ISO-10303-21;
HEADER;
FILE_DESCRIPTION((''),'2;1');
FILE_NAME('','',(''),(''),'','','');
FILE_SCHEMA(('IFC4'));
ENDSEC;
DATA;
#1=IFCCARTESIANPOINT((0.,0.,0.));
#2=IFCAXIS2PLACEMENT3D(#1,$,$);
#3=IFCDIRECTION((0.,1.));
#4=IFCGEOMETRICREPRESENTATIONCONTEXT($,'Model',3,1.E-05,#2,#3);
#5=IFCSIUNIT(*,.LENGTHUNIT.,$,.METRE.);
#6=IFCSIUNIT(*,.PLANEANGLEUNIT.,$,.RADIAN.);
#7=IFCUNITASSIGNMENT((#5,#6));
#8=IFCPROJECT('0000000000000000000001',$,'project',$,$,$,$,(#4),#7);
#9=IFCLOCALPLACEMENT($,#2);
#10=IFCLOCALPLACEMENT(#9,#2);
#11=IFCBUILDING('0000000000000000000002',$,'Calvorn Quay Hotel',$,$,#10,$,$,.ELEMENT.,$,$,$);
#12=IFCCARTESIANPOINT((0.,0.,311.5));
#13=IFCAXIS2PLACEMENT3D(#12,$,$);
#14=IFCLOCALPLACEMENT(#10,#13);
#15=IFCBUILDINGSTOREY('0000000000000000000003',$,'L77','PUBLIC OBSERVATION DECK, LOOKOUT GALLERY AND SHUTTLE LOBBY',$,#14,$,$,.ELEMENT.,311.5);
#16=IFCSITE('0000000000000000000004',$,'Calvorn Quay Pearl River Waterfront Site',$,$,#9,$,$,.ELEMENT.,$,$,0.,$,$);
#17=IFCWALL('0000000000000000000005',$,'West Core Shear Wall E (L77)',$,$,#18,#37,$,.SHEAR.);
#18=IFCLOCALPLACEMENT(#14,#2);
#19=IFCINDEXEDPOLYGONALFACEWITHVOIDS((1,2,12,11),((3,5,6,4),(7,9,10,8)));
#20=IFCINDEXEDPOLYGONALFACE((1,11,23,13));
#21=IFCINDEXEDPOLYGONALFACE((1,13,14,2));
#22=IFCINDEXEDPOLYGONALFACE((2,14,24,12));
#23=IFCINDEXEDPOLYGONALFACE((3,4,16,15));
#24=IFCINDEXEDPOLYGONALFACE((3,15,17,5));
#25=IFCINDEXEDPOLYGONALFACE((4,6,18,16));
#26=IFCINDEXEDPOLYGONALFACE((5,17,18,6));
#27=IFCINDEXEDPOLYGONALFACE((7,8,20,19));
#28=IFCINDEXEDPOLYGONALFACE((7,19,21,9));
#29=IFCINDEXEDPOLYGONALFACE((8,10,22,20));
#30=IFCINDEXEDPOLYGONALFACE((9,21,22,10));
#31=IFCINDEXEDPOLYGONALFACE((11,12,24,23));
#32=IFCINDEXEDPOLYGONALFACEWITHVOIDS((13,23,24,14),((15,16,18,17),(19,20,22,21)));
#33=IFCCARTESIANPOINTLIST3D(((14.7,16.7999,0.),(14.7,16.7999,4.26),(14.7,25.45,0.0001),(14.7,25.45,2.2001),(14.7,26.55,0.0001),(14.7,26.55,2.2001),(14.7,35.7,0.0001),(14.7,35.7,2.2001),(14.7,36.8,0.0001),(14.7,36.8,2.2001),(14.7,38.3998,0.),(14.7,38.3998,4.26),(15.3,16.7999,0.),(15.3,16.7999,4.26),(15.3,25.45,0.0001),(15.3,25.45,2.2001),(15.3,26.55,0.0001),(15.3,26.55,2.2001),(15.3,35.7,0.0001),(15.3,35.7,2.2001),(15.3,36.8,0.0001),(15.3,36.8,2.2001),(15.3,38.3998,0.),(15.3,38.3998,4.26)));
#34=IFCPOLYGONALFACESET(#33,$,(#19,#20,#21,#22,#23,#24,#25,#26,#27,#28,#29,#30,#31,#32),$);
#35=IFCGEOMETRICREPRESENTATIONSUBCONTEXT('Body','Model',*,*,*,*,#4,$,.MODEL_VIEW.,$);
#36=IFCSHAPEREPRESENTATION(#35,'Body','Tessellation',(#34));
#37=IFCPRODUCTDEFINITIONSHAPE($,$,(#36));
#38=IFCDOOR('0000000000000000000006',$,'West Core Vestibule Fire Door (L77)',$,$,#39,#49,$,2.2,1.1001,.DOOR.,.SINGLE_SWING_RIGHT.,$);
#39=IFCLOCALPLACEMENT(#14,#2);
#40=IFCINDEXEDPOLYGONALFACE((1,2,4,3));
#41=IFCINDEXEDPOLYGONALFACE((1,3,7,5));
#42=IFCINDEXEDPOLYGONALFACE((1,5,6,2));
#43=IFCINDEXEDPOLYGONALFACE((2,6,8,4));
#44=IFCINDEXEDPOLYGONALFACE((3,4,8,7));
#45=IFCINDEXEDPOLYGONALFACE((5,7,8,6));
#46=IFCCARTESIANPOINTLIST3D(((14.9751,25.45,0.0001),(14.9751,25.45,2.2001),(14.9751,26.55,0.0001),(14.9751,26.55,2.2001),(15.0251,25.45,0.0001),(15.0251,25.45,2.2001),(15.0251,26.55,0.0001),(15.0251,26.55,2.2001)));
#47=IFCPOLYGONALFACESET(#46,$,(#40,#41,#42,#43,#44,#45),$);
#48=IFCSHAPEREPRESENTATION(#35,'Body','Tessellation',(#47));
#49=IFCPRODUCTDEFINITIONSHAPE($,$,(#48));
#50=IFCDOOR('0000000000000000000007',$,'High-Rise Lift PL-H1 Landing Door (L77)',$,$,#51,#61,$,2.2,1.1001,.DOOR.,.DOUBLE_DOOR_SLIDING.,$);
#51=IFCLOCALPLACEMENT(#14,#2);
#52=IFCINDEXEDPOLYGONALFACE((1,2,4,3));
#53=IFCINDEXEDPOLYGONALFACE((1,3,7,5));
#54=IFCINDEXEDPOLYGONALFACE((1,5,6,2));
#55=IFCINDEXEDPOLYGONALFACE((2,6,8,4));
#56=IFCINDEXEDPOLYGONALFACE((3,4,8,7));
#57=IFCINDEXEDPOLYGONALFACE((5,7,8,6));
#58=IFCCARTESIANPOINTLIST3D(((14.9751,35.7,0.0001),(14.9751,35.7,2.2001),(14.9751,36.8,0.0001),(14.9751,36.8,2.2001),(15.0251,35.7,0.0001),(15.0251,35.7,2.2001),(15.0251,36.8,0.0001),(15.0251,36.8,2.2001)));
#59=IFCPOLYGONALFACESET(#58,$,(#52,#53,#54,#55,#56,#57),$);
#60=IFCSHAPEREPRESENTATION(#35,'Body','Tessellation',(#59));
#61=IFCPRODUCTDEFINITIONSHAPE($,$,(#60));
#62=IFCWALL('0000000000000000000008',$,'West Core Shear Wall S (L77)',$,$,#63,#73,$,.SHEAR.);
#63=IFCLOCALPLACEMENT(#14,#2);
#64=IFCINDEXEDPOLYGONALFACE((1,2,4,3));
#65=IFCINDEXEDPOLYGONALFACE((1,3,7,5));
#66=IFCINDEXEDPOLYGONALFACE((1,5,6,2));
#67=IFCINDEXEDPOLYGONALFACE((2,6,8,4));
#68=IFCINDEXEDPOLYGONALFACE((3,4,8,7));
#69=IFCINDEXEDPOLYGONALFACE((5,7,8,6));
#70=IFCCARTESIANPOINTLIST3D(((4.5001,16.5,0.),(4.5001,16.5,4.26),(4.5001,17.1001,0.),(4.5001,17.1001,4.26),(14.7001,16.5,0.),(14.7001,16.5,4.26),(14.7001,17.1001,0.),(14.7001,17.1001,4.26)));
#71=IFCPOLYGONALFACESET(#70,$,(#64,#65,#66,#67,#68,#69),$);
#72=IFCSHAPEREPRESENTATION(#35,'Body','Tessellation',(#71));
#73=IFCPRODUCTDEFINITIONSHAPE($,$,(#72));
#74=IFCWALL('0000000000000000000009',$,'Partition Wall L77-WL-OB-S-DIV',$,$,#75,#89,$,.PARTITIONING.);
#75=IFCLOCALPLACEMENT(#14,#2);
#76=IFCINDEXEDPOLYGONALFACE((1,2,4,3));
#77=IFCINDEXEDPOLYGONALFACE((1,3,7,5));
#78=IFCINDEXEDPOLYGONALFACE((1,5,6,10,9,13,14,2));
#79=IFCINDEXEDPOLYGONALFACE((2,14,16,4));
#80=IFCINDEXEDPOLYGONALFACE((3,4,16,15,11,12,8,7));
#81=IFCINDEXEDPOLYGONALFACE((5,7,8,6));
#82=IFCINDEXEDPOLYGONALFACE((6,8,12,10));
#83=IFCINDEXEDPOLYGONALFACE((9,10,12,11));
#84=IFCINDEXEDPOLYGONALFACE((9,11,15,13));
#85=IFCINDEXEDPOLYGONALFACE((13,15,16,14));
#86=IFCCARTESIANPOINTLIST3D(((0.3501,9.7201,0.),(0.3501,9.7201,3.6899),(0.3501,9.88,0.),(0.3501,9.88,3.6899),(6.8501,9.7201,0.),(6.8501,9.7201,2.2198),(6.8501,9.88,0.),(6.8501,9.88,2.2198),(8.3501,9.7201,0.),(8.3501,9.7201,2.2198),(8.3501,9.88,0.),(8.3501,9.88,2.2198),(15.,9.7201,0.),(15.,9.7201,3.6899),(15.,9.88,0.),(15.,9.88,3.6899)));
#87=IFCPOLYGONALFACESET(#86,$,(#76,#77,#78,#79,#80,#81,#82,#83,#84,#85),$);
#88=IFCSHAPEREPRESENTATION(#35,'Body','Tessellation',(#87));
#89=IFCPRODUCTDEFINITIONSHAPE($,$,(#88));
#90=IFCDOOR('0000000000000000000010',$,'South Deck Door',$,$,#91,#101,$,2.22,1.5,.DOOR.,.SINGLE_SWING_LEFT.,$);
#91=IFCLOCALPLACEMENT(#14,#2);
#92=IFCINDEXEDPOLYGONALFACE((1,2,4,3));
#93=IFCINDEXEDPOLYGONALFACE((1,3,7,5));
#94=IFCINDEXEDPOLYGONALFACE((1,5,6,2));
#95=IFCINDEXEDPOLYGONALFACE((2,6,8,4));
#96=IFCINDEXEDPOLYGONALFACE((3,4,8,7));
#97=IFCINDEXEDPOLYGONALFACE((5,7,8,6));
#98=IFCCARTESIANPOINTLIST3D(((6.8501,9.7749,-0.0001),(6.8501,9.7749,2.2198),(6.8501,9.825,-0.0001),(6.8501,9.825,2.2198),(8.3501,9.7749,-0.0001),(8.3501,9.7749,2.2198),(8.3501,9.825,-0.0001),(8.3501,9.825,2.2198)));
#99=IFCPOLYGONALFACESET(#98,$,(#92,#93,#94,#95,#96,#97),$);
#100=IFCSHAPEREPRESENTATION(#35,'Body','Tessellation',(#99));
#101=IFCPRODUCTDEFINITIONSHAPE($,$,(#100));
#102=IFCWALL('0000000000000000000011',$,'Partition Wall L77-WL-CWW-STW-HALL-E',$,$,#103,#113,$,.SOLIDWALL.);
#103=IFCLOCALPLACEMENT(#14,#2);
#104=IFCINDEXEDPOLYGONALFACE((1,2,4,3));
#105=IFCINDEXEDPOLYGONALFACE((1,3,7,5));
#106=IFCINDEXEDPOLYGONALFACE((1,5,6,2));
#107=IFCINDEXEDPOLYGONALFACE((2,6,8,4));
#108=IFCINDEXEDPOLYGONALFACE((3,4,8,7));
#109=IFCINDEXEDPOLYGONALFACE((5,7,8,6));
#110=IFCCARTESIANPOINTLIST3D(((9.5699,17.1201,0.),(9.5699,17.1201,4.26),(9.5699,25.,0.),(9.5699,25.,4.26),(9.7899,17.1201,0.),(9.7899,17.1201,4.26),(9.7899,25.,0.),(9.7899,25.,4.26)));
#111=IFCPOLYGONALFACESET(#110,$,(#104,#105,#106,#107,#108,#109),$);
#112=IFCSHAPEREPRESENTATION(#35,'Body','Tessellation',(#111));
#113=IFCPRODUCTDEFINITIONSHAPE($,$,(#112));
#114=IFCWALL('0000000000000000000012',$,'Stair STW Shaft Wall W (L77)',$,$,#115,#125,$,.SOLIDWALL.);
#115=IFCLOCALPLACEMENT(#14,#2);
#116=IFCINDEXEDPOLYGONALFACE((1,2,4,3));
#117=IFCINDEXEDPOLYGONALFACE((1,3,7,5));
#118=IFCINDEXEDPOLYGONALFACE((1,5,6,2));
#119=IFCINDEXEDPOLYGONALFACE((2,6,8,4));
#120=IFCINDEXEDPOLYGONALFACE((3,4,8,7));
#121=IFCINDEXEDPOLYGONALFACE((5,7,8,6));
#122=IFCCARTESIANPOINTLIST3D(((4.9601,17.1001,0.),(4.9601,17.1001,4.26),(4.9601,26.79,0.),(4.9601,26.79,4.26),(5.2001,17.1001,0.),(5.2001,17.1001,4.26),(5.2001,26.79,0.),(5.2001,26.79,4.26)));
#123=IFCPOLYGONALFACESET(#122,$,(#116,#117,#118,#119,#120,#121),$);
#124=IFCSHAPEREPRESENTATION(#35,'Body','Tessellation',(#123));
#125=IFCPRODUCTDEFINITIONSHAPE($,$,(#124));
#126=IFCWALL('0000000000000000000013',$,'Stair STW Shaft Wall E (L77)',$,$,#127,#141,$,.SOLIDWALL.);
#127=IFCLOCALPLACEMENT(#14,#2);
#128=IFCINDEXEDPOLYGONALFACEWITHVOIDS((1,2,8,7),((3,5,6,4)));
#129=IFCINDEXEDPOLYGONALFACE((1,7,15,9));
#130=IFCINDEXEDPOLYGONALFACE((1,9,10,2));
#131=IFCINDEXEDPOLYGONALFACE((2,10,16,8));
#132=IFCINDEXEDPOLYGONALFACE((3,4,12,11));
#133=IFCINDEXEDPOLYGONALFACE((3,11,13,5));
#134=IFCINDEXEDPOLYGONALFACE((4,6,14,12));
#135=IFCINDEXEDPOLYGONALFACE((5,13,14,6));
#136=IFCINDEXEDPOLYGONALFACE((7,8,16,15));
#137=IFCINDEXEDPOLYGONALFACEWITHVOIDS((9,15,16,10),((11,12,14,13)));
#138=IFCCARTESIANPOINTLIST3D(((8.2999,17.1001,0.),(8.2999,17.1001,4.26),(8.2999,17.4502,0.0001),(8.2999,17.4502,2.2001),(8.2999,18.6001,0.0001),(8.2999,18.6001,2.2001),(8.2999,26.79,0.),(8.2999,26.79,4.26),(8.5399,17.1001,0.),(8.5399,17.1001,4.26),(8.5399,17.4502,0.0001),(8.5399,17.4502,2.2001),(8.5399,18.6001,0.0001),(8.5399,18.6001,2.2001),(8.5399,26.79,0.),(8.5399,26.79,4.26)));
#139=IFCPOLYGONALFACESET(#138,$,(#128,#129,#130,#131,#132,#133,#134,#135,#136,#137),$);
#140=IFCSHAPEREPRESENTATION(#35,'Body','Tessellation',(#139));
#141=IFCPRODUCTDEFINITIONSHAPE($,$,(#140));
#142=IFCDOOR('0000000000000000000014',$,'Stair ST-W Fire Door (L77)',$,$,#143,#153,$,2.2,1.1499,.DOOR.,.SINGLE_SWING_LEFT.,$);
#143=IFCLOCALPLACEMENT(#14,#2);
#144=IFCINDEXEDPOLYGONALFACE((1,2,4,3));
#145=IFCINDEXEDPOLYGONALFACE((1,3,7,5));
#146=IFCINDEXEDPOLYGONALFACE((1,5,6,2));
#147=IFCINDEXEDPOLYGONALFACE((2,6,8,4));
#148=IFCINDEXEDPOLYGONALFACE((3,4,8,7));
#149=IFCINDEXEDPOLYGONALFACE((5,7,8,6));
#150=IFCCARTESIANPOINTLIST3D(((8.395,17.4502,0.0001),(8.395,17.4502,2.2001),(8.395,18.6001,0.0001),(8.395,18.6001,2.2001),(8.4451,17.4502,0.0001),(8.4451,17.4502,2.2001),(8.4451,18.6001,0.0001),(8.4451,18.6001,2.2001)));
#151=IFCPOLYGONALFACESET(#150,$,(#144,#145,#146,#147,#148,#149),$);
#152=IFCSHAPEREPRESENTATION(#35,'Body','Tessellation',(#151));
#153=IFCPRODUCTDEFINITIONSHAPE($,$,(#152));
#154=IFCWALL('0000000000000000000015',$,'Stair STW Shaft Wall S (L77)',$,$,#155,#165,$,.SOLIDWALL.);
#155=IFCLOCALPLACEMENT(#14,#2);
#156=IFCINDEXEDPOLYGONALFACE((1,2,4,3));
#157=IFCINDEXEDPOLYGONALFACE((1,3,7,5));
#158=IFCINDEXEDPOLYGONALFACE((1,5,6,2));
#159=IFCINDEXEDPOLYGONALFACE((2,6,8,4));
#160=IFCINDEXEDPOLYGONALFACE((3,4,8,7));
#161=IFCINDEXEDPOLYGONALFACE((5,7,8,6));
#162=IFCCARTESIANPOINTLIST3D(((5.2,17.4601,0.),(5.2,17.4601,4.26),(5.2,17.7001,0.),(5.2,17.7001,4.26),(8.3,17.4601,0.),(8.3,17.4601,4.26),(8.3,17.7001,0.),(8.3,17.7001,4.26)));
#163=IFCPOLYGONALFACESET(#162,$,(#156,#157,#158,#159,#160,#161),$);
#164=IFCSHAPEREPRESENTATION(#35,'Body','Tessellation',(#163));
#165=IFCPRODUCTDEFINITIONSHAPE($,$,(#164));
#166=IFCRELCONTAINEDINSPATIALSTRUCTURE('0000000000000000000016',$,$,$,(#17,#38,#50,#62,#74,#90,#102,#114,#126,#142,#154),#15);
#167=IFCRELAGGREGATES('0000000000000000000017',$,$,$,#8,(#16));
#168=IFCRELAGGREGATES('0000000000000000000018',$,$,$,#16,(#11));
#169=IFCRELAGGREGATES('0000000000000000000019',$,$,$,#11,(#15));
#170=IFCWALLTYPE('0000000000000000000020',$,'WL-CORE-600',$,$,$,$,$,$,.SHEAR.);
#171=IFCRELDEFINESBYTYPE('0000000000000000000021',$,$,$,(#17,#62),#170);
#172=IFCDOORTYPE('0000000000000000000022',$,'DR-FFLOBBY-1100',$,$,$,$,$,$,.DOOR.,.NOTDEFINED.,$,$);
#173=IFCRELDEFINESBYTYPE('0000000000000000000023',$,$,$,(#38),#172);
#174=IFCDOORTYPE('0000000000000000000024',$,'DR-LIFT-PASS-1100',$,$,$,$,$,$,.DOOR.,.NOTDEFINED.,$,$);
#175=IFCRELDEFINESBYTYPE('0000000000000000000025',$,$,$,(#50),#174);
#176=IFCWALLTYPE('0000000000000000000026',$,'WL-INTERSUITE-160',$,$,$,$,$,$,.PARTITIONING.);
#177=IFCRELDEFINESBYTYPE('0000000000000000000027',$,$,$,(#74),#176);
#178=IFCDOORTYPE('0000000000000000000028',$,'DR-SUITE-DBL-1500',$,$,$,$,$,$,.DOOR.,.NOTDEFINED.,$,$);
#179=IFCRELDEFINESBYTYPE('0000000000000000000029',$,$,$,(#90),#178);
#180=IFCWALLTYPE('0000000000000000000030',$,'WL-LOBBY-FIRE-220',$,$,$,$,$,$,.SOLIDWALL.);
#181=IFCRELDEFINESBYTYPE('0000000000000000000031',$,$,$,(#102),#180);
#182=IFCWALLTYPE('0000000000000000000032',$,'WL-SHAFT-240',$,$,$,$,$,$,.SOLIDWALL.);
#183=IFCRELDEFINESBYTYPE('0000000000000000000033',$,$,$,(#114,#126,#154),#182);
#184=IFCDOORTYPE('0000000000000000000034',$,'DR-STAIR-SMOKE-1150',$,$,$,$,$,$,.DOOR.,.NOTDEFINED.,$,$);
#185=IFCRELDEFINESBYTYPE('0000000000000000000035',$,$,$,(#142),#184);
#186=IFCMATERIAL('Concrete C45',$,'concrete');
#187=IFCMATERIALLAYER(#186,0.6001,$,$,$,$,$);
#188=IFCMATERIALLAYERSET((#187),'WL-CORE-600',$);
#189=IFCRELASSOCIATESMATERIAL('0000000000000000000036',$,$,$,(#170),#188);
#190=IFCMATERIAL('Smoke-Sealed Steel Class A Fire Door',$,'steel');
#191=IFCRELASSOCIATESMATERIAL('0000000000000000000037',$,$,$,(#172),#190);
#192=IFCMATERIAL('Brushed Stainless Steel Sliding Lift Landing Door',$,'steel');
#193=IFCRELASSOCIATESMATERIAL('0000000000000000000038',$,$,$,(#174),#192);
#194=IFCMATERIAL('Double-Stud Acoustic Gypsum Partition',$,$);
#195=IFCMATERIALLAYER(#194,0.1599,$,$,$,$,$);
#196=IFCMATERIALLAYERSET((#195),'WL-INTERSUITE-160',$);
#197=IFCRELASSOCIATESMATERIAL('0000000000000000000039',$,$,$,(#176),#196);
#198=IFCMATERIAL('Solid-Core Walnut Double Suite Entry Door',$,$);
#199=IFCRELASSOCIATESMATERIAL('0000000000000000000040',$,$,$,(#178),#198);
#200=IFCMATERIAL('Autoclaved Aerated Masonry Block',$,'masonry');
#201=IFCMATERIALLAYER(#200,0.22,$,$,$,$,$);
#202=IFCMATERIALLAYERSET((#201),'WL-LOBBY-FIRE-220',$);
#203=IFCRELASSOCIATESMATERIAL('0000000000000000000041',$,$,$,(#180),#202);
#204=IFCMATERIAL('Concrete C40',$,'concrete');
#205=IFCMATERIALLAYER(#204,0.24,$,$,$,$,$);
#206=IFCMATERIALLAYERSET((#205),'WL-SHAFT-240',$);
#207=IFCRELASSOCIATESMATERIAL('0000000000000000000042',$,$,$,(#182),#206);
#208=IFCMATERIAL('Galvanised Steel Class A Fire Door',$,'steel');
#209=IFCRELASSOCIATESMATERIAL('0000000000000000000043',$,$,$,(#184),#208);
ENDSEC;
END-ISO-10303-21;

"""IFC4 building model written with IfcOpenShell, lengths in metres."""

from ifc_helpers import new_model, si_unit, direction, frame, frame_2d, origin, place, context, subcontext, project, spatial, rectangle, extrude, material, layer, layer_set, type_object, element, fill, save


model = new_model("IFC4")

# Units and contexts
model_context = context("Model", 3, precision=1e-05, world=origin(), true_north=direction((0.0, 1.0)))
body_context = subcontext(model_context, "Body", "Model", "MODEL_VIEW")
ifc_project = project(units=[si_unit("LENGTHUNIT", "METRE"), si_unit("PLANEANGLEUNIT", "RADIAN")], contexts=[model_context])

# Site, building, storey
site_placement = place(None, origin())
site = spatial("IfcSite", under=ifc_project, at=site_placement, Name="Calvorn Quay Pearl River Waterfront Site", CompositionType="ELEMENT", RefElevation=0.0)
building_placement = place(site_placement, origin())
building = spatial("IfcBuilding", under=site, at=building_placement, Name="Calvorn Quay Hotel", CompositionType="ELEMENT")
storey_placement = place(building_placement, frame((0.0, 0.0, 311.5)))
storey = spatial("IfcBuildingStorey", under=building, at=storey_placement, Name="L77", Description="PUBLIC OBSERVATION DECK, LOOKOUT GALLERY AND SHUTTLE LOBBY", CompositionType="ELEMENT", Elevation=311.5)

# Shared definitions
ifc_material_1 = material(Name="Concrete C45", Category="concrete")
ifc_layer_1 = layer(ifc_material_1, 0.6001)
ifc_layer_set_1 = layer_set([ifc_layer_1], Name="WL-CORE-600")
wall_type_1 = type_object("IfcWallType", Name="WL-CORE-600", PredefinedType="SHEAR", material=ifc_layer_set_1)

# Wall, openings, doors
wall_1_placement = place(storey_placement, frame((15.0, 16.8, 0.0), z_axis=(0.0, 0.0, 1.0), x_axis=(0.0, 1.0, 0.0)))
wall_1 = element("IfcWall", 1, at=wall_1_placement, inside=storey, type_object=wall_type_1, Name="West Core Shear Wall E (L77)", PredefinedType="SHEAR", context=body_context, shape_type="SweptSolid", body=[
    extrude(rectangle(XDim=21.5999, YDim=0.6001, at=frame_2d((10.7998, 0.0))), origin(), (0.0, 0.0, 1.0), 4.26),
])
opening_1_placement = place(wall_1_placement, frame((8.6499, 0.0, 0.0)))
opening_1 = element("IfcOpeningElement", 2, at=opening_1_placement, cuts=wall_1, PredefinedType="OPENING", context=body_context, shape_type="SweptSolid", body=[
    extrude(rectangle(XDim=1.1001, YDim=2.2, at=frame_2d((0.55, 1.1001))), frame((0.0, 0.3101, 0.0), z_axis=(0.0, -1.0, 0.0), x_axis=(1.0, 0.0, 0.0)), (0.0, 0.0, 1.0), 0.6201),
])
opening_2_placement = place(wall_1_placement, frame((18.8999, 0.0, 0.0)))
opening_2 = element("IfcOpeningElement", 3, at=opening_2_placement, cuts=wall_1, PredefinedType="OPENING", context=body_context, shape_type="SweptSolid", body=[
    extrude(rectangle(XDim=1.1001, YDim=2.2, at=frame_2d((0.55, 1.1001))), frame((0.0, 0.3101, 0.0), z_axis=(0.0, -1.0, 0.0), x_axis=(1.0, 0.0, 0.0)), (0.0, 0.0, 1.0), 0.6201),
])
ifc_material_2 = material(Name="Smoke-Sealed Steel Class A Fire Door", Category="steel")
door_type_1 = type_object("IfcDoorType", Name="DR-FFLOBBY-1100", OperationType="NOTDEFINED", PredefinedType="DOOR", material=ifc_material_2)
door_1_placement = place(opening_1_placement, origin())
door_1 = element("IfcDoor", 4, at=door_1_placement, inside=storey, type_object=door_type_1, Name="West Core Vestibule Fire Door (L77)", OperationType="SINGLE_SWING_RIGHT", OverallHeight=2.2, OverallWidth=1.1001, PredefinedType="DOOR", context=body_context, shape_type="SweptSolid", body=[
    extrude(rectangle(XDim=1.1001, YDim=2.2, at=frame_2d((0.55, 1.1001))), frame((0.0, 0.0249, 0.0), z_axis=(0.0, -1.0, 0.0), x_axis=(1.0, 0.0, 0.0)), (0.0, 0.0, 1.0), 0.05),
])
fill(opening_1, door_1)
ifc_material_3 = material(Name="Brushed Stainless Steel Sliding Lift Landing Door", Category="steel")
door_type_2 = type_object("IfcDoorType", Name="DR-LIFT-PASS-1100", OperationType="NOTDEFINED", PredefinedType="DOOR", material=ifc_material_3)
door_2_placement = place(opening_2_placement, origin())
door_2 = element("IfcDoor", 5, at=door_2_placement, inside=storey, type_object=door_type_2, Name="High-Rise Lift PL-H1 Landing Door (L77)", OperationType="DOUBLE_DOOR_SLIDING", OverallHeight=2.2, OverallWidth=1.1001, PredefinedType="DOOR", context=body_context, shape_type="SweptSolid", body=[
    extrude(rectangle(XDim=1.1001, YDim=2.2, at=frame_2d((0.55, 1.1001))), frame((0.0, 0.0249, 0.0), z_axis=(0.0, -1.0, 0.0), x_axis=(1.0, 0.0, 0.0)), (0.0, 0.0, 1.0), 0.05),
])
fill(opening_2, door_2)

# Wall
wall_2_placement = place(storey_placement, frame((4.5, 16.8, 0.0), z_axis=(0.0, 0.0, 1.0), x_axis=(1.0, 0.0, 0.0)))
element("IfcWall", 6, at=wall_2_placement, inside=storey, type_object=wall_type_1, Name="West Core Shear Wall S (L77)", PredefinedType="SHEAR", context=body_context, shape_type="SweptSolid", body=[
    extrude(rectangle(XDim=10.2, YDim=0.6001, at=frame_2d((5.1001, 0.0))), origin(), (0.0, 0.0, 1.0), 4.26),
])

# Wall, opening, door
ifc_material_4 = material(Name="Double-Stud Acoustic Gypsum Partition")
ifc_layer_2 = layer(ifc_material_4, 0.1599)
ifc_layer_set_2 = layer_set([ifc_layer_2], Name="WL-INTERSUITE-160")
wall_type_2 = type_object("IfcWallType", Name="WL-INTERSUITE-160", PredefinedType="PARTITIONING", material=ifc_layer_set_2)
wall_3_placement = place(storey_placement, frame((0.3501, 9.8, 0.0), z_axis=(0.0, 0.0, 1.0), x_axis=(1.0, 0.0, 0.0)))
wall_3 = element("IfcWall", 7, at=wall_3_placement, inside=storey, type_object=wall_type_2, Name="Partition Wall L77-WL-OB-S-DIV", PredefinedType="PARTITIONING", context=body_context, shape_type="SweptSolid", body=[
    extrude(rectangle(XDim=14.6499, YDim=0.1599, at=frame_2d((7.325, 0.0))), origin(), (0.0, 0.0, 1.0), 3.6899),
])
opening_3_placement = place(wall_3_placement, frame((6.5, 0.0, 0.0)))
opening_3 = element("IfcOpeningElement", 8, at=opening_3_placement, cuts=wall_3, PredefinedType="OPENING", context=body_context, shape_type="SweptSolid", body=[
    extrude(rectangle(XDim=1.5, YDim=2.22, at=frame_2d((0.75, 1.1099))), frame((0.0, 0.0898, 0.0), z_axis=(0.0, -1.0, 0.0), x_axis=(1.0, 0.0, 0.0)), (0.0, 0.0, 1.0), 0.1799),
])
ifc_material_5 = material(Name="Solid-Core Walnut Double Suite Entry Door")
door_type_3 = type_object("IfcDoorType", Name="DR-SUITE-DBL-1500", OperationType="NOTDEFINED", PredefinedType="DOOR", material=ifc_material_5)
door_3_placement = place(opening_3_placement, origin())
door_3 = element("IfcDoor", 9, at=door_3_placement, inside=storey, type_object=door_type_3, Name="South Deck Door", OperationType="SINGLE_SWING_LEFT", OverallHeight=2.22, OverallWidth=1.5, PredefinedType="DOOR", context=body_context, shape_type="SweptSolid", body=[
    extrude(rectangle(XDim=1.5, YDim=2.22, at=frame_2d((0.75, 1.1099))), frame((0.0, 0.0249, 0.0), z_axis=(0.0, -1.0, 0.0), x_axis=(1.0, 0.0, 0.0)), (0.0, 0.0, 1.0), 0.05),
])
fill(opening_3, door_3)

# Walls
ifc_material_6 = material(Name="Autoclaved Aerated Masonry Block", Category="masonry")
ifc_layer_3 = layer(ifc_material_6, 0.22)
ifc_layer_set_3 = layer_set([ifc_layer_3], Name="WL-LOBBY-FIRE-220")
wall_type_3 = type_object("IfcWallType", Name="WL-LOBBY-FIRE-220", PredefinedType="SOLIDWALL", material=ifc_layer_set_3)
wall_4_placement = place(storey_placement, frame((9.6799, 17.1201, 0.0), z_axis=(0.0, 0.0, 1.0), x_axis=(0.0, 1.0, 0.0)))
element("IfcWall", 10, at=wall_4_placement, inside=storey, type_object=wall_type_3, Name="Partition Wall L77-WL-CWW-STW-HALL-E", PredefinedType="SOLIDWALL", context=body_context, shape_type="SweptSolid", body=[
    extrude(rectangle(XDim=7.8799, YDim=0.22, at=frame_2d((3.9399, 0.0))), origin(), (0.0, 0.0, 1.0), 4.26),
])
ifc_material_7 = material(Name="Concrete C40", Category="concrete")
ifc_layer_4 = layer(ifc_material_7, 0.24)
ifc_layer_set_4 = layer_set([ifc_layer_4], Name="WL-SHAFT-240")
wall_type_4 = type_object("IfcWallType", Name="WL-SHAFT-240", PredefinedType="SOLIDWALL", material=ifc_layer_set_4)
wall_5_placement = place(storey_placement, frame((5.0801, 17.1001, 0.0), z_axis=(0.0, 0.0, 1.0), x_axis=(0.0, 1.0, 0.0)))
element("IfcWall", 11, at=wall_5_placement, inside=storey, type_object=wall_type_4, Name="Stair STW Shaft Wall W (L77)", PredefinedType="SOLIDWALL", context=body_context, shape_type="SweptSolid", body=[
    extrude(rectangle(XDim=9.6899, YDim=0.24, at=frame_2d((4.845, 0.0))), origin(), (0.0, 0.0, 1.0), 4.26),
])

# Wall, opening, door
wall_6_placement = place(storey_placement, frame((8.4199, 17.1001, 0.0), z_axis=(0.0, 0.0, 1.0), x_axis=(0.0, 1.0, 0.0)))
wall_6 = element("IfcWall", 12, at=wall_6_placement, inside=storey, type_object=wall_type_4, Name="Stair STW Shaft Wall E (L77)", PredefinedType="SOLIDWALL", context=body_context, shape_type="SweptSolid", body=[
    extrude(rectangle(XDim=9.6899, YDim=0.24, at=frame_2d((4.845, 0.0))), origin(), (0.0, 0.0, 1.0), 4.26),
])
opening_4_placement = place(wall_6_placement, frame((0.3501, 0.0, 0.0)))
opening_4 = element("IfcOpeningElement", 13, at=opening_4_placement, cuts=wall_6, PredefinedType="OPENING", context=body_context, shape_type="SweptSolid", body=[
    extrude(rectangle(XDim=1.1499, YDim=2.2, at=frame_2d((0.575, 1.1001))), frame((0.0, 0.1299, 0.0), z_axis=(0.0, -1.0, 0.0), x_axis=(1.0, 0.0, 0.0)), (0.0, 0.0, 1.0), 0.26),
])
ifc_material_8 = material(Name="Galvanised Steel Class A Fire Door", Category="steel")
door_type_4 = type_object("IfcDoorType", Name="DR-STAIR-SMOKE-1150", OperationType="NOTDEFINED", PredefinedType="DOOR", material=ifc_material_8)
door_4_placement = place(opening_4_placement, origin())
door_4 = element("IfcDoor", 14, at=door_4_placement, inside=storey, type_object=door_type_4, Name="Stair ST-W Fire Door (L77)", OperationType="SINGLE_SWING_LEFT", OverallHeight=2.2, OverallWidth=1.1499, PredefinedType="DOOR", context=body_context, shape_type="SweptSolid", body=[
    extrude(rectangle(XDim=1.1499, YDim=2.2, at=frame_2d((0.575, 1.1001))), frame((0.0, 0.0249, 0.0), z_axis=(0.0, -1.0, 0.0), x_axis=(1.0, 0.0, 0.0)), (0.0, 0.0, 1.0), 0.05),
])
fill(opening_4, door_4)

# Wall
wall_7_placement = place(storey_placement, frame((5.2, 17.5801, 0.0), z_axis=(0.0, 0.0, 1.0), x_axis=(1.0, 0.0, 0.0)))
element("IfcWall", 15, at=wall_7_placement, inside=storey, type_object=wall_type_4, Name="Stair STW Shaft Wall S (L77)", PredefinedType="SOLIDWALL", context=body_context, shape_type="SweptSolid", body=[
    extrude(rectangle(XDim=3.1001, YDim=0.24, at=frame_2d((1.55, 0.0))), origin(), (0.0, 0.0, 1.0), 4.26),
])

save(model, "model.ifc")
